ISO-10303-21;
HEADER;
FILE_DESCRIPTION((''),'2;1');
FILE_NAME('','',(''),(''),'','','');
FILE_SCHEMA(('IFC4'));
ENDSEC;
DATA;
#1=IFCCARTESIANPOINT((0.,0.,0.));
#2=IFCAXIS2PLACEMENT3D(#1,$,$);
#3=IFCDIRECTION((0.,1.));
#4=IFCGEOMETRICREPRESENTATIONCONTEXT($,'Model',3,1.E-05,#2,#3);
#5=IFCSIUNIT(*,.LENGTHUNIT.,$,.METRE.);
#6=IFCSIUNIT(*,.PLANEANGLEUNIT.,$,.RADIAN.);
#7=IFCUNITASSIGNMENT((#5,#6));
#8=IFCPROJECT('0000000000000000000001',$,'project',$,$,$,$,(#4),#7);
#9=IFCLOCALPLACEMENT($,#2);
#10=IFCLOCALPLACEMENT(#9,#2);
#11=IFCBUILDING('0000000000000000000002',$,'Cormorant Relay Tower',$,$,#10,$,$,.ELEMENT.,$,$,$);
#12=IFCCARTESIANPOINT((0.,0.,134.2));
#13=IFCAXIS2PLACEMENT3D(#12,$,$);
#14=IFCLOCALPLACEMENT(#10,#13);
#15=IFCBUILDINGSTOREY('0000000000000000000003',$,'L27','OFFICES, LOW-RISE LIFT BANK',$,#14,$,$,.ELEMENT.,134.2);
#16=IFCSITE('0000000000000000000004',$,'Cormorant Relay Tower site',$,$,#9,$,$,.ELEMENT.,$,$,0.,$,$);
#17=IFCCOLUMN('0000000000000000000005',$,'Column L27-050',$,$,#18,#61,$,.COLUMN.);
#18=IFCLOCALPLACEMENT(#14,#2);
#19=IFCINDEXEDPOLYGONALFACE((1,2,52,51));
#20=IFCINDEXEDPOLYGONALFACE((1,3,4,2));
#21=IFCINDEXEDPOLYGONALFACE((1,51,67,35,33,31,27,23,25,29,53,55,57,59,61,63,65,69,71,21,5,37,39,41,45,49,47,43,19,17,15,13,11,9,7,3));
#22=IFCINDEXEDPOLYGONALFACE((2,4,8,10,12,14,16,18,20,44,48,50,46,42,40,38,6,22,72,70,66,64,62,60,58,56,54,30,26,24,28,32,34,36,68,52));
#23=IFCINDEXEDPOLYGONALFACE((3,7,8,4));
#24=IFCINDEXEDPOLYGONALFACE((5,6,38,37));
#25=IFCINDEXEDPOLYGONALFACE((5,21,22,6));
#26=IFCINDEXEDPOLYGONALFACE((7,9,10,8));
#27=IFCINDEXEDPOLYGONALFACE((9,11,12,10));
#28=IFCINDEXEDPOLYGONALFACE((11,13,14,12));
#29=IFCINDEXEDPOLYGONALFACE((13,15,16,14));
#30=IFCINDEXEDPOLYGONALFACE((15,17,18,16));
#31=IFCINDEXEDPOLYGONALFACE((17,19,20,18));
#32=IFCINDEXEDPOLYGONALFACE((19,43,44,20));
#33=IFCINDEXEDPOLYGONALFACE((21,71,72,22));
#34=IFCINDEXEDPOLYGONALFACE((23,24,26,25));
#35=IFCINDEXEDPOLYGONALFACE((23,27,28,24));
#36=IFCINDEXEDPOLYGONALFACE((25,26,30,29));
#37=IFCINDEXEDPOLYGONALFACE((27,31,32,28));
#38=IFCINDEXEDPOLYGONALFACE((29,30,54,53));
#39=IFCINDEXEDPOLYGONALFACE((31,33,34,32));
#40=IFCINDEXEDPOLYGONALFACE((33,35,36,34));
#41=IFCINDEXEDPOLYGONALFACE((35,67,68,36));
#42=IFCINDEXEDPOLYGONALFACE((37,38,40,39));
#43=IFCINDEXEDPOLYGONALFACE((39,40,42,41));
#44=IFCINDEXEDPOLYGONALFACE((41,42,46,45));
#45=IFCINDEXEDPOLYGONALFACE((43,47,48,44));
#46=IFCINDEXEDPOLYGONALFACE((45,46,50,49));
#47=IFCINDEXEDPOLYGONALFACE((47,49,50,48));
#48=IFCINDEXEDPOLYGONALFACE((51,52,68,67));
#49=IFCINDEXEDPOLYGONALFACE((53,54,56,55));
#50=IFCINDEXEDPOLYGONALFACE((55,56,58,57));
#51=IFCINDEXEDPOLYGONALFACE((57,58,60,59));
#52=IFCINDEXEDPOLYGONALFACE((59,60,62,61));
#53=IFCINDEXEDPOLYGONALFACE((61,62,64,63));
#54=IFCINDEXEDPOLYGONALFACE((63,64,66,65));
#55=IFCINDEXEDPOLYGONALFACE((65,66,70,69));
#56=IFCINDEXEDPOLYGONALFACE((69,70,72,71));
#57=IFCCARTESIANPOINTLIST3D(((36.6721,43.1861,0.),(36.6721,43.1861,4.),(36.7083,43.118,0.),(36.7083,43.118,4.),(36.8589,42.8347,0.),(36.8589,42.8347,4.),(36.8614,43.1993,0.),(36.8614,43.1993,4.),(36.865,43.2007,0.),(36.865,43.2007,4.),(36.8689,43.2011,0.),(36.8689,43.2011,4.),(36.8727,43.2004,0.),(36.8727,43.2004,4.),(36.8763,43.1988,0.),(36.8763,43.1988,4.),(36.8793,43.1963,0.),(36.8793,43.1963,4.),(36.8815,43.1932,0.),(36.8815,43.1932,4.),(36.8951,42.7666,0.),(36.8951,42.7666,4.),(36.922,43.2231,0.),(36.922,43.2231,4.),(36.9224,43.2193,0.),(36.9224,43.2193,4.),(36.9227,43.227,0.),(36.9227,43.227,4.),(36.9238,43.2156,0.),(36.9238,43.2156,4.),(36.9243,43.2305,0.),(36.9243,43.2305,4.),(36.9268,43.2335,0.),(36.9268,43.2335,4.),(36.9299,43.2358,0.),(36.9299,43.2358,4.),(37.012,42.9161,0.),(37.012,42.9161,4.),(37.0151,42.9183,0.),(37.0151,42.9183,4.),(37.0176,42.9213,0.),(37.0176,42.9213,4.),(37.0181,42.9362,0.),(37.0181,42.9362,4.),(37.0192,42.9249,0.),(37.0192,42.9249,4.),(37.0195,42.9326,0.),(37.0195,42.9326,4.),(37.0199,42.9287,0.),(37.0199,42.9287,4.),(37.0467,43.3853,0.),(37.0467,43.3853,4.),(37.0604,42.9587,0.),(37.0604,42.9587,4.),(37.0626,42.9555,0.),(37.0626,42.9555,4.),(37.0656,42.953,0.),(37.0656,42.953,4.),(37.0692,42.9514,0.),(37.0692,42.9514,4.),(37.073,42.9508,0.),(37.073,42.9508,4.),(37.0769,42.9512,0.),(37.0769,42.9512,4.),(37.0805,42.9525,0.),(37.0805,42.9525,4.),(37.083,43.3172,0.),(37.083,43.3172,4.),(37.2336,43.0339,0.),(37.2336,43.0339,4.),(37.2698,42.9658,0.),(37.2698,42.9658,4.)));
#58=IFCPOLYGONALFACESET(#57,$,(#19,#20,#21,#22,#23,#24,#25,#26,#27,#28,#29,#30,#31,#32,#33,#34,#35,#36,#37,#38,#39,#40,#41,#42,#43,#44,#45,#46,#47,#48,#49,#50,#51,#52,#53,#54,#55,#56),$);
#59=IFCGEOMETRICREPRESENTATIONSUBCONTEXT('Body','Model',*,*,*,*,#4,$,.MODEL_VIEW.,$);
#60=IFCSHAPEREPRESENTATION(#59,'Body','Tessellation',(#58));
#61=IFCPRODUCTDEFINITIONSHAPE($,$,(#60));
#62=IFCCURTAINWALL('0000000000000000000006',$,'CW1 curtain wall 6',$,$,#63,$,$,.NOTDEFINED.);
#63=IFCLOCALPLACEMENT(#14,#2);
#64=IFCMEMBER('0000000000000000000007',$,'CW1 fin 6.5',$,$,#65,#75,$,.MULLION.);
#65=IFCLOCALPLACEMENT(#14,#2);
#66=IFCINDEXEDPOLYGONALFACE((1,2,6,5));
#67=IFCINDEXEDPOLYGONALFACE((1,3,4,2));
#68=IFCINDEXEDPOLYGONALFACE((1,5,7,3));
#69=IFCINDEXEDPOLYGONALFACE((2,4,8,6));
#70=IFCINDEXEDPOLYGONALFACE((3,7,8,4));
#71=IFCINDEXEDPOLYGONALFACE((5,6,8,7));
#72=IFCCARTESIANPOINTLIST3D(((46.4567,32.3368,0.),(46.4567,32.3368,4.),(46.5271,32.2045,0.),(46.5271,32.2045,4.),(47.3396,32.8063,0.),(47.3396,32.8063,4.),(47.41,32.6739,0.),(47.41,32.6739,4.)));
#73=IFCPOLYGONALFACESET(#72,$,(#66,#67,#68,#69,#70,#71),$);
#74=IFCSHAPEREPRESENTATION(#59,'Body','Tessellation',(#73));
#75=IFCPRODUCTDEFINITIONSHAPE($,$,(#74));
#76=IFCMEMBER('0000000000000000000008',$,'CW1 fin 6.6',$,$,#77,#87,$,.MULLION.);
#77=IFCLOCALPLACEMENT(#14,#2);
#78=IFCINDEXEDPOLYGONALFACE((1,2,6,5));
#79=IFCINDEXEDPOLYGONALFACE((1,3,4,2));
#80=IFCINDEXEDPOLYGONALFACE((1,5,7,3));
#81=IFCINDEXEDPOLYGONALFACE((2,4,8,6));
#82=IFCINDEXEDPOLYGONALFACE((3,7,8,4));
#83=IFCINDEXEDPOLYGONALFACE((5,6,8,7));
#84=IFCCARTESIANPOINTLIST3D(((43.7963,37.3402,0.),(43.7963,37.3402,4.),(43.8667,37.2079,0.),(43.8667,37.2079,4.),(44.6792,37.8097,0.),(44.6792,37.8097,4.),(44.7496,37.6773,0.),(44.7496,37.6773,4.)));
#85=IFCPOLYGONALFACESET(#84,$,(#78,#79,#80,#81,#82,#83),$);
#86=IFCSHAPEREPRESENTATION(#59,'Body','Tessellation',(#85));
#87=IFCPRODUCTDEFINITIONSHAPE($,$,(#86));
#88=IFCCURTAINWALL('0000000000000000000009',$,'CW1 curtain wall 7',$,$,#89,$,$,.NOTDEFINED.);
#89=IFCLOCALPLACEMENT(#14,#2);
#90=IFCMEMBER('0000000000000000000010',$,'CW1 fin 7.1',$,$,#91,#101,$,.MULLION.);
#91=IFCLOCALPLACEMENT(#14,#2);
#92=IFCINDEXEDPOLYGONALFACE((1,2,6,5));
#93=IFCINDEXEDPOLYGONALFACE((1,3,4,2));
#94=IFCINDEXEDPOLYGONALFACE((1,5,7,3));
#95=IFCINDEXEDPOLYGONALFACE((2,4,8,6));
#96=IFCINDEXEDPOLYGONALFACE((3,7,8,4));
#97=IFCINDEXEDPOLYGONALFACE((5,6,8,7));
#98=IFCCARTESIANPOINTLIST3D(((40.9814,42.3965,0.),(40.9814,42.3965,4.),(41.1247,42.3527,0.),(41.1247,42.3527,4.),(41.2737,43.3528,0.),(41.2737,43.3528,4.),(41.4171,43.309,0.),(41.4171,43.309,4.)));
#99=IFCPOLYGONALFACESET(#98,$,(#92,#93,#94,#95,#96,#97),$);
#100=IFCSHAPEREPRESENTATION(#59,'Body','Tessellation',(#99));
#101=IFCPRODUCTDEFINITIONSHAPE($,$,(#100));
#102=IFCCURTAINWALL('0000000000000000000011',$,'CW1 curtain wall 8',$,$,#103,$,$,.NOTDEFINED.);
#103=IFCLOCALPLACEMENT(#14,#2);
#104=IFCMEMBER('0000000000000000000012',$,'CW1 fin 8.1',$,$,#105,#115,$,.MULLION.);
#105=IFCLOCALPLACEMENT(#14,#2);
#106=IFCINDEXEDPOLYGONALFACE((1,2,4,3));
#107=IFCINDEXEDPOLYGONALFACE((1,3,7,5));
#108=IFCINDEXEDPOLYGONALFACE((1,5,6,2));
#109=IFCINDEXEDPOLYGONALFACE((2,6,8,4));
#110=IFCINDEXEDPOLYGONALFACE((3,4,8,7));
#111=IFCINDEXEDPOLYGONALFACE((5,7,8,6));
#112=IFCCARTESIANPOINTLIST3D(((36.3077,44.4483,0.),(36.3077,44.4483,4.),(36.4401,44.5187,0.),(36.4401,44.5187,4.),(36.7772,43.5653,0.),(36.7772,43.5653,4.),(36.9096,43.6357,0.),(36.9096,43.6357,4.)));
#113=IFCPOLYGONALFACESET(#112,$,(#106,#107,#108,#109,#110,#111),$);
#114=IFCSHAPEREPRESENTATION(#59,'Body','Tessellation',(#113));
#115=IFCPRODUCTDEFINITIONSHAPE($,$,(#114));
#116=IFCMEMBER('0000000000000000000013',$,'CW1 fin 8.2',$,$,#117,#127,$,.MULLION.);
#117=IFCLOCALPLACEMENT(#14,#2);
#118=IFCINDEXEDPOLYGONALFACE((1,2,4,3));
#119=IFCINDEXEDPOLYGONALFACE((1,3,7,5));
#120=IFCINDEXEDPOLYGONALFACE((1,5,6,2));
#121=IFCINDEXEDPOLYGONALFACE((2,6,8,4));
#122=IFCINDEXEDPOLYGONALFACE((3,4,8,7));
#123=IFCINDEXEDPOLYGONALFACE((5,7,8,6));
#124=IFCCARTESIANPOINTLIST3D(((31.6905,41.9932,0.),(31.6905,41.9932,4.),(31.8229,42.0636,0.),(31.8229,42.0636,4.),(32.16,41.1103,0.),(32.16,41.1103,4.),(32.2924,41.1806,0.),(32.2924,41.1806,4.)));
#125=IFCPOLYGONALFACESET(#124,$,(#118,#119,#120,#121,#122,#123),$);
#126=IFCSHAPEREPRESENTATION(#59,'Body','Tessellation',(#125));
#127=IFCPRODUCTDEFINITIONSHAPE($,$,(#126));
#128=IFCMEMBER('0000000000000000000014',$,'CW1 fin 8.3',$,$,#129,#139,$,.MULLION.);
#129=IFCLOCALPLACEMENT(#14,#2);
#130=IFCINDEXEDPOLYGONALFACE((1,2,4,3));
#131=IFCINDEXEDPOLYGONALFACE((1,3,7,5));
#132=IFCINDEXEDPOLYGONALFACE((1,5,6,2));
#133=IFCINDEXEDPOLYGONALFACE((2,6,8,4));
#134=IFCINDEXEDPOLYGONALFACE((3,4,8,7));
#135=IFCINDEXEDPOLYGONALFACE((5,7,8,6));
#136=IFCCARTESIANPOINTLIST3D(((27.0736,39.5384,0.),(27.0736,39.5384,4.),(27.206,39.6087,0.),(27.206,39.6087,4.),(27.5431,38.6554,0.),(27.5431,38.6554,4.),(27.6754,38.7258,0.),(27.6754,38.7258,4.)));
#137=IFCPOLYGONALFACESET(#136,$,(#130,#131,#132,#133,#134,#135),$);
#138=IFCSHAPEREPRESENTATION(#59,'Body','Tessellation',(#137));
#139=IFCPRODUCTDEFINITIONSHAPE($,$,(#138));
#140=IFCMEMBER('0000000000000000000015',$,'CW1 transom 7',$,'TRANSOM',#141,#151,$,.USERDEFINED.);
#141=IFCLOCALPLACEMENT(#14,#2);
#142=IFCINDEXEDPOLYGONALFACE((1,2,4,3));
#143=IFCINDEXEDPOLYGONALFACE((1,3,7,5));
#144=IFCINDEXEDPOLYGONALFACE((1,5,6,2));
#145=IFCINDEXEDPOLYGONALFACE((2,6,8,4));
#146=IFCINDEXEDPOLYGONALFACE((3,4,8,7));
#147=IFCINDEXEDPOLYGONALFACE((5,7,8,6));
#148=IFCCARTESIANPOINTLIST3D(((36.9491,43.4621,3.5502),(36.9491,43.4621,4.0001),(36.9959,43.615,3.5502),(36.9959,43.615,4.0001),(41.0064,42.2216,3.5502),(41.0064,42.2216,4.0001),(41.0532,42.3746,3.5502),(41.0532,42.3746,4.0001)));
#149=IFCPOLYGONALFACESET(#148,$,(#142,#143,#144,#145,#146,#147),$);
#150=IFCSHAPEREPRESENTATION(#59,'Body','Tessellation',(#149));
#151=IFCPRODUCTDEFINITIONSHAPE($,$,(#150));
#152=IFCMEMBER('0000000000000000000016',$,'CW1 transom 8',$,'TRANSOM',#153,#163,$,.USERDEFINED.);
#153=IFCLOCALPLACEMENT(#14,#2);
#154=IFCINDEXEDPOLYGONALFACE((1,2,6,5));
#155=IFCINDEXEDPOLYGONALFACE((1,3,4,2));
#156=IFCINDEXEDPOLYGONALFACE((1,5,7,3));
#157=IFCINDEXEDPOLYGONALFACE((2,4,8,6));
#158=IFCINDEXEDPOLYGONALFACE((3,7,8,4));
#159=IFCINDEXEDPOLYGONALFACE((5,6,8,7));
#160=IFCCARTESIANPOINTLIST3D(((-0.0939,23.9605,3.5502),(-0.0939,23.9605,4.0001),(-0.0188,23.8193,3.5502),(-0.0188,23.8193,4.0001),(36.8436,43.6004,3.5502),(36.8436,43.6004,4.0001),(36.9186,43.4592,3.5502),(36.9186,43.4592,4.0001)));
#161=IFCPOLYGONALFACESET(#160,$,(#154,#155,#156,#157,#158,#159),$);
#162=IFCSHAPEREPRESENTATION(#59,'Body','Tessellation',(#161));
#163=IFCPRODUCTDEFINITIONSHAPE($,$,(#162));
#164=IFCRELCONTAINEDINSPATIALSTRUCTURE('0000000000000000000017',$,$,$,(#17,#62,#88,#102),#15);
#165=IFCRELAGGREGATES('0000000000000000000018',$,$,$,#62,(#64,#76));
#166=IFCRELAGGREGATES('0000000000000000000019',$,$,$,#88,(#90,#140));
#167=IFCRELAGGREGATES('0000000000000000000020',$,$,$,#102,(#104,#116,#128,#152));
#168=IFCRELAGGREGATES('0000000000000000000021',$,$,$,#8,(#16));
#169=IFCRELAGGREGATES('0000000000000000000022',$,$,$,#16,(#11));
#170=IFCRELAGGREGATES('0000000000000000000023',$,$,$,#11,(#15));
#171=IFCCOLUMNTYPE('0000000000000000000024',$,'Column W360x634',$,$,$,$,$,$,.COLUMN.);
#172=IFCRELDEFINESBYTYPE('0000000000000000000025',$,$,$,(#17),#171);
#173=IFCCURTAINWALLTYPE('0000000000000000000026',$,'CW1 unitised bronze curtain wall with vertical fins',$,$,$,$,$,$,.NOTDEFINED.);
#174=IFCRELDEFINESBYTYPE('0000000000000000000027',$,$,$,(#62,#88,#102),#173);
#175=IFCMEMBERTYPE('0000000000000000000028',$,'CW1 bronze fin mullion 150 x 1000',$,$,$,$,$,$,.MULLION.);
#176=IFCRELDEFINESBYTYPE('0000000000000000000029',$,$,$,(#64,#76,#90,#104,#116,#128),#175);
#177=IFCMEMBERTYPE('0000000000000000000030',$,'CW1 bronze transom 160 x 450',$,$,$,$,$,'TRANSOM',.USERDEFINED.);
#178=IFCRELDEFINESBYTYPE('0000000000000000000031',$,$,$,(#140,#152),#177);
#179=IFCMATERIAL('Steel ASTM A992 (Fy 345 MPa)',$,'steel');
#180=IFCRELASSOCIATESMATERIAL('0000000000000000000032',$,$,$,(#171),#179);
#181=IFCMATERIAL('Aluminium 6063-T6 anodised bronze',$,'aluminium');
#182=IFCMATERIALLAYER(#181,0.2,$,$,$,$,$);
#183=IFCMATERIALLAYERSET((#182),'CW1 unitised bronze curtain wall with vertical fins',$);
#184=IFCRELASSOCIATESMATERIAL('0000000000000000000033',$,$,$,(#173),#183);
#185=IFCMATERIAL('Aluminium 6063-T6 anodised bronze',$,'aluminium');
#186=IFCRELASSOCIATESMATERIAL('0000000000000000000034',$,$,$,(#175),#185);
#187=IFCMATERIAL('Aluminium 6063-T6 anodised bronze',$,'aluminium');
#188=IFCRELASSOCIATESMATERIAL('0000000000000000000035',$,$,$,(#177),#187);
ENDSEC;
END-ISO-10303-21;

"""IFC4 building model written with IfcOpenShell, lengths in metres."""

from ifc_helpers import new_model, si_unit, direction, frame, origin, origin_2d, place, context, subcontext, project, spatial, rectangle, i_section, extrude, material, layer, layer_set, material_profile, profile_set, type_object, element, aggregate, save


model = new_model("IFC4")

# Units and contexts
model_context = context("Model", 3, precision=1e-05, world=origin(), true_north=direction((0.0, 1.0)))
body_context = subcontext(model_context, "Body", "Model", "MODEL_VIEW")
ifc_project = project(units=[si_unit("LENGTHUNIT", "METRE"), si_unit("PLANEANGLEUNIT", "RADIAN")], contexts=[model_context])

# Site, building, storey
site_placement = place(None, origin())
site = spatial("IfcSite", under=ifc_project, at=site_placement, Name="Cormorant Relay Tower site", CompositionType="ELEMENT", RefElevation=0.0)
building_placement = place(site_placement, origin())
building = spatial("IfcBuilding", under=site, at=building_placement, Name="Cormorant Relay Tower", CompositionType="ELEMENT")
storey_placement = place(building_placement, frame((0.0, 0.0, 134.2)))
storey = spatial("IfcBuildingStorey", under=building, at=storey_placement, Name="L27", Description="OFFICES, LOW-RISE LIFT BANK", CompositionType="ELEMENT", Elevation=134.2)

# Column
ifc_material_1 = material(Name="Steel ASTM A992 (Fy 345 MPa)", Category="steel")
ifc_material_profile_1 = material_profile(ifc_material_1, i_section(OverallWidth=0.4243, OverallDepth=0.4751, WebThickness=0.0479, FlangeThickness=0.0771, FilletRadius=0.0149, at=origin_2d()), Name="W360x634")
ifc_profile_set_1 = profile_set([ifc_material_profile_1], Name="Steel ASTM A992 (Fy 345 MPa)")
column_type_1 = type_object("IfcColumnType", Name="Column W360x634", PredefinedType="COLUMN", material=ifc_profile_set_1)
for number, where, z_axis, x_axis, name in (
    (1, (36.9709, 43.0759, 0.0), (0.0, 0.0, 1.0), (-0.882948, -0.469472, 0.0), "Column L27-050"),
):
    element("IfcColumn", number, at=place(storey_placement, frame(where, z_axis=z_axis, x_axis=x_axis)), inside=storey, type_object=column_type_1, Name=name, PredefinedType="COLUMN", context=body_context, shape_type="SweptSolid", body=[
        extrude(i_section(OverallWidth=0.4243, OverallDepth=0.4751, WebThickness=0.0479, FlangeThickness=0.0771, FilletRadius=0.0149, at=origin_2d()), origin(), (0.0, 0.0, 1.0), 4.0),
    ])

# Curtain wall, members
ifc_material_2 = material(Name="Aluminium 6063-T6 anodised bronze", Category="aluminium")
ifc_layer_1 = layer(ifc_material_2, 0.2)
ifc_layer_set_1 = layer_set([ifc_layer_1], Name="CW1 unitised bronze curtain wall with vertical fins")
curtain_wall_type = type_object("IfcCurtainWallType", Name="CW1 unitised bronze curtain wall with vertical fins", PredefinedType="NOTDEFINED", material=ifc_layer_set_1)
curtain_wall_1_placement = place(storey_placement, origin())
curtain_wall_1 = element("IfcCurtainWall", 2, at=curtain_wall_1_placement, inside=storey, type_object=curtain_wall_type, Name="CW1 curtain wall 6", PredefinedType="NOTDEFINED")
ifc_material_3 = material(Name="Aluminium 6063-T6 anodised bronze", Category="aluminium")
ifc_material_profile_2 = material_profile(ifc_material_3, rectangle(XDim=0.1499, YDim=1.0, at=origin_2d()), Name="AL 150x1000")
ifc_profile_set_2 = profile_set([ifc_material_profile_2], Name="Aluminium 6063-T6 anodised bronze")
member_type_1 = type_object("IfcMemberType", Name="CW1 bronze fin mullion 150 x 1000", PredefinedType="MULLION", material=ifc_profile_set_2)
member_1_placement = place(storey_placement, frame((46.9333, 32.5054, 0.0), z_axis=(0.0, 0.0, 1.0), x_axis=(-0.469472, 0.882948, 0.0)))
member_1 = element("IfcMember", 3, at=member_1_placement, type_object=member_type_1, Name="CW1 fin 6.5", PredefinedType="MULLION", context=body_context, shape_type="SweptSolid", body=[
    extrude(rectangle(XDim=0.1499, YDim=1.0, at=origin_2d()), origin(), (0.0, 0.0, 1.0), 4.0),
])
member_2_placement = place(storey_placement, frame((44.2729, 37.5088, 0.0), z_axis=(0.0, 0.0, 1.0), x_axis=(-0.469472, 0.882948, 0.0)))
member_2 = element("IfcMember", 4, at=member_2_placement, type_object=member_type_1, Name="CW1 fin 6.6", PredefinedType="MULLION", context=body_context, shape_type="SweptSolid", body=[
    extrude(rectangle(XDim=0.1499, YDim=1.0, at=origin_2d()), origin(), (0.0, 0.0, 1.0), 4.0),
])

# Curtain wall, member
curtain_wall_2_placement = place(storey_placement, origin())
curtain_wall_2 = element("IfcCurtainWall", 5, at=curtain_wall_2_placement, inside=storey, type_object=curtain_wall_type, Name="CW1 curtain wall 7", PredefinedType="NOTDEFINED")
member_3_placement = place(storey_placement, frame((41.1992, 42.8528, 0.0), z_axis=(0.0, 0.0, 1.0), x_axis=(-0.956305, 0.292372, 0.0)))
member_3 = element("IfcMember", 6, at=member_3_placement, type_object=member_type_1, Name="CW1 fin 7.1", PredefinedType="MULLION", context=body_context, shape_type="SweptSolid", body=[
    extrude(rectangle(XDim=0.1499, YDim=1.0, at=origin_2d()), origin(), (0.0, 0.0, 1.0), 4.0),
])

# Curtain wall, members
curtain_wall_3_placement = place(storey_placement, origin())
curtain_wall_3 = element("IfcCurtainWall", 7, at=curtain_wall_3_placement, inside=storey, type_object=curtain_wall_type, Name="CW1 curtain wall 8", PredefinedType="NOTDEFINED")
member_4_placement = place(storey_placement, frame((36.6086, 44.042, 0.0), z_axis=(0.0, 0.0, 1.0), x_axis=(-0.882948, -0.469472, 0.0)))
member_4 = element("IfcMember", 8, at=member_4_placement, type_object=member_type_1, Name="CW1 fin 8.1", PredefinedType="MULLION", context=body_context, shape_type="SweptSolid", body=[
    extrude(rectangle(XDim=0.1499, YDim=1.0, at=origin_2d()), origin(), (0.0, 0.0, 1.0), 4.0),
])
member_5_placement = place(storey_placement, frame((31.9915, 41.5869, 0.0), z_axis=(0.0, 0.0, 1.0), x_axis=(-0.882948, -0.469472, 0.0)))
member_5 = element("IfcMember", 9, at=member_5_placement, type_object=member_type_1, Name="CW1 fin 8.2", PredefinedType="MULLION", context=body_context, shape_type="SweptSolid", body=[
    extrude(rectangle(XDim=0.1499, YDim=1.0, at=origin_2d()), origin(), (0.0, 0.0, 1.0), 4.0),
])
member_6_placement = place(storey_placement, frame((27.3745, 39.1321, 0.0), z_axis=(0.0, 0.0, 1.0), x_axis=(-0.882948, -0.469472, 0.0)))
member_6 = element("IfcMember", 10, at=member_6_placement, type_object=member_type_1, Name="CW1 fin 8.3", PredefinedType="MULLION", context=body_context, shape_type="SweptSolid", body=[
    extrude(rectangle(XDim=0.1499, YDim=1.0, at=origin_2d()), origin(), (0.0, 0.0, 1.0), 4.0),
])

# Members
ifc_material_4 = material(Name="Aluminium 6063-T6 anodised bronze", Category="aluminium")
ifc_material_profile_3 = material_profile(ifc_material_4, rectangle(XDim=0.1599, YDim=0.45, at=origin_2d()), Name="AL 160x450")
ifc_profile_set_3 = profile_set([ifc_material_profile_3], Name="Aluminium 6063-T6 anodised bronze")
member_type_2 = type_object("IfcMemberType", Name="CW1 bronze transom 160 x 450", ElementType="TRANSOM", PredefinedType="USERDEFINED", material=ifc_profile_set_3)
member_7_placement = place(storey_placement, frame((41.0298, 42.2981, 3.7751), z_axis=(-0.956304, 0.292375, 0.0), x_axis=(-0.292375, -0.956304, 0.0)))
member_7 = element("IfcMember", 11, at=member_7_placement, type_object=member_type_2, Name="CW1 transom 7", ObjectType="TRANSOM", PredefinedType="USERDEFINED", context=body_context, shape_type="SweptSolid", body=[
    extrude(rectangle(XDim=0.1599, YDim=0.45, at=origin_2d()), origin(), (0.0, 0.0, 1.0), 4.2427),
])
member_8_placement = place(storey_placement, frame((36.8811, 43.5298, 3.7751), z_axis=(-0.882949, -0.469469, 0.0), x_axis=(0.469469, -0.882949, 0.0)))
member_8 = element("IfcMember", 12, at=member_8_placement, type_object=member_type_2, Name="CW1 transom 8", ObjectType="TRANSOM", PredefinedType="USERDEFINED", context=body_context, shape_type="SweptSolid", body=[
    extrude(rectangle(XDim=0.1599, YDim=0.45, at=origin_2d()), origin(), (0.0, 0.0, 1.0), 41.8342),
])

aggregate(curtain_wall_1, [member_1, member_2])
aggregate(curtain_wall_2, [member_3, member_7])
aggregate(curtain_wall_3, [member_4, member_5, member_6, member_8])

save(model, "model.ifc")
